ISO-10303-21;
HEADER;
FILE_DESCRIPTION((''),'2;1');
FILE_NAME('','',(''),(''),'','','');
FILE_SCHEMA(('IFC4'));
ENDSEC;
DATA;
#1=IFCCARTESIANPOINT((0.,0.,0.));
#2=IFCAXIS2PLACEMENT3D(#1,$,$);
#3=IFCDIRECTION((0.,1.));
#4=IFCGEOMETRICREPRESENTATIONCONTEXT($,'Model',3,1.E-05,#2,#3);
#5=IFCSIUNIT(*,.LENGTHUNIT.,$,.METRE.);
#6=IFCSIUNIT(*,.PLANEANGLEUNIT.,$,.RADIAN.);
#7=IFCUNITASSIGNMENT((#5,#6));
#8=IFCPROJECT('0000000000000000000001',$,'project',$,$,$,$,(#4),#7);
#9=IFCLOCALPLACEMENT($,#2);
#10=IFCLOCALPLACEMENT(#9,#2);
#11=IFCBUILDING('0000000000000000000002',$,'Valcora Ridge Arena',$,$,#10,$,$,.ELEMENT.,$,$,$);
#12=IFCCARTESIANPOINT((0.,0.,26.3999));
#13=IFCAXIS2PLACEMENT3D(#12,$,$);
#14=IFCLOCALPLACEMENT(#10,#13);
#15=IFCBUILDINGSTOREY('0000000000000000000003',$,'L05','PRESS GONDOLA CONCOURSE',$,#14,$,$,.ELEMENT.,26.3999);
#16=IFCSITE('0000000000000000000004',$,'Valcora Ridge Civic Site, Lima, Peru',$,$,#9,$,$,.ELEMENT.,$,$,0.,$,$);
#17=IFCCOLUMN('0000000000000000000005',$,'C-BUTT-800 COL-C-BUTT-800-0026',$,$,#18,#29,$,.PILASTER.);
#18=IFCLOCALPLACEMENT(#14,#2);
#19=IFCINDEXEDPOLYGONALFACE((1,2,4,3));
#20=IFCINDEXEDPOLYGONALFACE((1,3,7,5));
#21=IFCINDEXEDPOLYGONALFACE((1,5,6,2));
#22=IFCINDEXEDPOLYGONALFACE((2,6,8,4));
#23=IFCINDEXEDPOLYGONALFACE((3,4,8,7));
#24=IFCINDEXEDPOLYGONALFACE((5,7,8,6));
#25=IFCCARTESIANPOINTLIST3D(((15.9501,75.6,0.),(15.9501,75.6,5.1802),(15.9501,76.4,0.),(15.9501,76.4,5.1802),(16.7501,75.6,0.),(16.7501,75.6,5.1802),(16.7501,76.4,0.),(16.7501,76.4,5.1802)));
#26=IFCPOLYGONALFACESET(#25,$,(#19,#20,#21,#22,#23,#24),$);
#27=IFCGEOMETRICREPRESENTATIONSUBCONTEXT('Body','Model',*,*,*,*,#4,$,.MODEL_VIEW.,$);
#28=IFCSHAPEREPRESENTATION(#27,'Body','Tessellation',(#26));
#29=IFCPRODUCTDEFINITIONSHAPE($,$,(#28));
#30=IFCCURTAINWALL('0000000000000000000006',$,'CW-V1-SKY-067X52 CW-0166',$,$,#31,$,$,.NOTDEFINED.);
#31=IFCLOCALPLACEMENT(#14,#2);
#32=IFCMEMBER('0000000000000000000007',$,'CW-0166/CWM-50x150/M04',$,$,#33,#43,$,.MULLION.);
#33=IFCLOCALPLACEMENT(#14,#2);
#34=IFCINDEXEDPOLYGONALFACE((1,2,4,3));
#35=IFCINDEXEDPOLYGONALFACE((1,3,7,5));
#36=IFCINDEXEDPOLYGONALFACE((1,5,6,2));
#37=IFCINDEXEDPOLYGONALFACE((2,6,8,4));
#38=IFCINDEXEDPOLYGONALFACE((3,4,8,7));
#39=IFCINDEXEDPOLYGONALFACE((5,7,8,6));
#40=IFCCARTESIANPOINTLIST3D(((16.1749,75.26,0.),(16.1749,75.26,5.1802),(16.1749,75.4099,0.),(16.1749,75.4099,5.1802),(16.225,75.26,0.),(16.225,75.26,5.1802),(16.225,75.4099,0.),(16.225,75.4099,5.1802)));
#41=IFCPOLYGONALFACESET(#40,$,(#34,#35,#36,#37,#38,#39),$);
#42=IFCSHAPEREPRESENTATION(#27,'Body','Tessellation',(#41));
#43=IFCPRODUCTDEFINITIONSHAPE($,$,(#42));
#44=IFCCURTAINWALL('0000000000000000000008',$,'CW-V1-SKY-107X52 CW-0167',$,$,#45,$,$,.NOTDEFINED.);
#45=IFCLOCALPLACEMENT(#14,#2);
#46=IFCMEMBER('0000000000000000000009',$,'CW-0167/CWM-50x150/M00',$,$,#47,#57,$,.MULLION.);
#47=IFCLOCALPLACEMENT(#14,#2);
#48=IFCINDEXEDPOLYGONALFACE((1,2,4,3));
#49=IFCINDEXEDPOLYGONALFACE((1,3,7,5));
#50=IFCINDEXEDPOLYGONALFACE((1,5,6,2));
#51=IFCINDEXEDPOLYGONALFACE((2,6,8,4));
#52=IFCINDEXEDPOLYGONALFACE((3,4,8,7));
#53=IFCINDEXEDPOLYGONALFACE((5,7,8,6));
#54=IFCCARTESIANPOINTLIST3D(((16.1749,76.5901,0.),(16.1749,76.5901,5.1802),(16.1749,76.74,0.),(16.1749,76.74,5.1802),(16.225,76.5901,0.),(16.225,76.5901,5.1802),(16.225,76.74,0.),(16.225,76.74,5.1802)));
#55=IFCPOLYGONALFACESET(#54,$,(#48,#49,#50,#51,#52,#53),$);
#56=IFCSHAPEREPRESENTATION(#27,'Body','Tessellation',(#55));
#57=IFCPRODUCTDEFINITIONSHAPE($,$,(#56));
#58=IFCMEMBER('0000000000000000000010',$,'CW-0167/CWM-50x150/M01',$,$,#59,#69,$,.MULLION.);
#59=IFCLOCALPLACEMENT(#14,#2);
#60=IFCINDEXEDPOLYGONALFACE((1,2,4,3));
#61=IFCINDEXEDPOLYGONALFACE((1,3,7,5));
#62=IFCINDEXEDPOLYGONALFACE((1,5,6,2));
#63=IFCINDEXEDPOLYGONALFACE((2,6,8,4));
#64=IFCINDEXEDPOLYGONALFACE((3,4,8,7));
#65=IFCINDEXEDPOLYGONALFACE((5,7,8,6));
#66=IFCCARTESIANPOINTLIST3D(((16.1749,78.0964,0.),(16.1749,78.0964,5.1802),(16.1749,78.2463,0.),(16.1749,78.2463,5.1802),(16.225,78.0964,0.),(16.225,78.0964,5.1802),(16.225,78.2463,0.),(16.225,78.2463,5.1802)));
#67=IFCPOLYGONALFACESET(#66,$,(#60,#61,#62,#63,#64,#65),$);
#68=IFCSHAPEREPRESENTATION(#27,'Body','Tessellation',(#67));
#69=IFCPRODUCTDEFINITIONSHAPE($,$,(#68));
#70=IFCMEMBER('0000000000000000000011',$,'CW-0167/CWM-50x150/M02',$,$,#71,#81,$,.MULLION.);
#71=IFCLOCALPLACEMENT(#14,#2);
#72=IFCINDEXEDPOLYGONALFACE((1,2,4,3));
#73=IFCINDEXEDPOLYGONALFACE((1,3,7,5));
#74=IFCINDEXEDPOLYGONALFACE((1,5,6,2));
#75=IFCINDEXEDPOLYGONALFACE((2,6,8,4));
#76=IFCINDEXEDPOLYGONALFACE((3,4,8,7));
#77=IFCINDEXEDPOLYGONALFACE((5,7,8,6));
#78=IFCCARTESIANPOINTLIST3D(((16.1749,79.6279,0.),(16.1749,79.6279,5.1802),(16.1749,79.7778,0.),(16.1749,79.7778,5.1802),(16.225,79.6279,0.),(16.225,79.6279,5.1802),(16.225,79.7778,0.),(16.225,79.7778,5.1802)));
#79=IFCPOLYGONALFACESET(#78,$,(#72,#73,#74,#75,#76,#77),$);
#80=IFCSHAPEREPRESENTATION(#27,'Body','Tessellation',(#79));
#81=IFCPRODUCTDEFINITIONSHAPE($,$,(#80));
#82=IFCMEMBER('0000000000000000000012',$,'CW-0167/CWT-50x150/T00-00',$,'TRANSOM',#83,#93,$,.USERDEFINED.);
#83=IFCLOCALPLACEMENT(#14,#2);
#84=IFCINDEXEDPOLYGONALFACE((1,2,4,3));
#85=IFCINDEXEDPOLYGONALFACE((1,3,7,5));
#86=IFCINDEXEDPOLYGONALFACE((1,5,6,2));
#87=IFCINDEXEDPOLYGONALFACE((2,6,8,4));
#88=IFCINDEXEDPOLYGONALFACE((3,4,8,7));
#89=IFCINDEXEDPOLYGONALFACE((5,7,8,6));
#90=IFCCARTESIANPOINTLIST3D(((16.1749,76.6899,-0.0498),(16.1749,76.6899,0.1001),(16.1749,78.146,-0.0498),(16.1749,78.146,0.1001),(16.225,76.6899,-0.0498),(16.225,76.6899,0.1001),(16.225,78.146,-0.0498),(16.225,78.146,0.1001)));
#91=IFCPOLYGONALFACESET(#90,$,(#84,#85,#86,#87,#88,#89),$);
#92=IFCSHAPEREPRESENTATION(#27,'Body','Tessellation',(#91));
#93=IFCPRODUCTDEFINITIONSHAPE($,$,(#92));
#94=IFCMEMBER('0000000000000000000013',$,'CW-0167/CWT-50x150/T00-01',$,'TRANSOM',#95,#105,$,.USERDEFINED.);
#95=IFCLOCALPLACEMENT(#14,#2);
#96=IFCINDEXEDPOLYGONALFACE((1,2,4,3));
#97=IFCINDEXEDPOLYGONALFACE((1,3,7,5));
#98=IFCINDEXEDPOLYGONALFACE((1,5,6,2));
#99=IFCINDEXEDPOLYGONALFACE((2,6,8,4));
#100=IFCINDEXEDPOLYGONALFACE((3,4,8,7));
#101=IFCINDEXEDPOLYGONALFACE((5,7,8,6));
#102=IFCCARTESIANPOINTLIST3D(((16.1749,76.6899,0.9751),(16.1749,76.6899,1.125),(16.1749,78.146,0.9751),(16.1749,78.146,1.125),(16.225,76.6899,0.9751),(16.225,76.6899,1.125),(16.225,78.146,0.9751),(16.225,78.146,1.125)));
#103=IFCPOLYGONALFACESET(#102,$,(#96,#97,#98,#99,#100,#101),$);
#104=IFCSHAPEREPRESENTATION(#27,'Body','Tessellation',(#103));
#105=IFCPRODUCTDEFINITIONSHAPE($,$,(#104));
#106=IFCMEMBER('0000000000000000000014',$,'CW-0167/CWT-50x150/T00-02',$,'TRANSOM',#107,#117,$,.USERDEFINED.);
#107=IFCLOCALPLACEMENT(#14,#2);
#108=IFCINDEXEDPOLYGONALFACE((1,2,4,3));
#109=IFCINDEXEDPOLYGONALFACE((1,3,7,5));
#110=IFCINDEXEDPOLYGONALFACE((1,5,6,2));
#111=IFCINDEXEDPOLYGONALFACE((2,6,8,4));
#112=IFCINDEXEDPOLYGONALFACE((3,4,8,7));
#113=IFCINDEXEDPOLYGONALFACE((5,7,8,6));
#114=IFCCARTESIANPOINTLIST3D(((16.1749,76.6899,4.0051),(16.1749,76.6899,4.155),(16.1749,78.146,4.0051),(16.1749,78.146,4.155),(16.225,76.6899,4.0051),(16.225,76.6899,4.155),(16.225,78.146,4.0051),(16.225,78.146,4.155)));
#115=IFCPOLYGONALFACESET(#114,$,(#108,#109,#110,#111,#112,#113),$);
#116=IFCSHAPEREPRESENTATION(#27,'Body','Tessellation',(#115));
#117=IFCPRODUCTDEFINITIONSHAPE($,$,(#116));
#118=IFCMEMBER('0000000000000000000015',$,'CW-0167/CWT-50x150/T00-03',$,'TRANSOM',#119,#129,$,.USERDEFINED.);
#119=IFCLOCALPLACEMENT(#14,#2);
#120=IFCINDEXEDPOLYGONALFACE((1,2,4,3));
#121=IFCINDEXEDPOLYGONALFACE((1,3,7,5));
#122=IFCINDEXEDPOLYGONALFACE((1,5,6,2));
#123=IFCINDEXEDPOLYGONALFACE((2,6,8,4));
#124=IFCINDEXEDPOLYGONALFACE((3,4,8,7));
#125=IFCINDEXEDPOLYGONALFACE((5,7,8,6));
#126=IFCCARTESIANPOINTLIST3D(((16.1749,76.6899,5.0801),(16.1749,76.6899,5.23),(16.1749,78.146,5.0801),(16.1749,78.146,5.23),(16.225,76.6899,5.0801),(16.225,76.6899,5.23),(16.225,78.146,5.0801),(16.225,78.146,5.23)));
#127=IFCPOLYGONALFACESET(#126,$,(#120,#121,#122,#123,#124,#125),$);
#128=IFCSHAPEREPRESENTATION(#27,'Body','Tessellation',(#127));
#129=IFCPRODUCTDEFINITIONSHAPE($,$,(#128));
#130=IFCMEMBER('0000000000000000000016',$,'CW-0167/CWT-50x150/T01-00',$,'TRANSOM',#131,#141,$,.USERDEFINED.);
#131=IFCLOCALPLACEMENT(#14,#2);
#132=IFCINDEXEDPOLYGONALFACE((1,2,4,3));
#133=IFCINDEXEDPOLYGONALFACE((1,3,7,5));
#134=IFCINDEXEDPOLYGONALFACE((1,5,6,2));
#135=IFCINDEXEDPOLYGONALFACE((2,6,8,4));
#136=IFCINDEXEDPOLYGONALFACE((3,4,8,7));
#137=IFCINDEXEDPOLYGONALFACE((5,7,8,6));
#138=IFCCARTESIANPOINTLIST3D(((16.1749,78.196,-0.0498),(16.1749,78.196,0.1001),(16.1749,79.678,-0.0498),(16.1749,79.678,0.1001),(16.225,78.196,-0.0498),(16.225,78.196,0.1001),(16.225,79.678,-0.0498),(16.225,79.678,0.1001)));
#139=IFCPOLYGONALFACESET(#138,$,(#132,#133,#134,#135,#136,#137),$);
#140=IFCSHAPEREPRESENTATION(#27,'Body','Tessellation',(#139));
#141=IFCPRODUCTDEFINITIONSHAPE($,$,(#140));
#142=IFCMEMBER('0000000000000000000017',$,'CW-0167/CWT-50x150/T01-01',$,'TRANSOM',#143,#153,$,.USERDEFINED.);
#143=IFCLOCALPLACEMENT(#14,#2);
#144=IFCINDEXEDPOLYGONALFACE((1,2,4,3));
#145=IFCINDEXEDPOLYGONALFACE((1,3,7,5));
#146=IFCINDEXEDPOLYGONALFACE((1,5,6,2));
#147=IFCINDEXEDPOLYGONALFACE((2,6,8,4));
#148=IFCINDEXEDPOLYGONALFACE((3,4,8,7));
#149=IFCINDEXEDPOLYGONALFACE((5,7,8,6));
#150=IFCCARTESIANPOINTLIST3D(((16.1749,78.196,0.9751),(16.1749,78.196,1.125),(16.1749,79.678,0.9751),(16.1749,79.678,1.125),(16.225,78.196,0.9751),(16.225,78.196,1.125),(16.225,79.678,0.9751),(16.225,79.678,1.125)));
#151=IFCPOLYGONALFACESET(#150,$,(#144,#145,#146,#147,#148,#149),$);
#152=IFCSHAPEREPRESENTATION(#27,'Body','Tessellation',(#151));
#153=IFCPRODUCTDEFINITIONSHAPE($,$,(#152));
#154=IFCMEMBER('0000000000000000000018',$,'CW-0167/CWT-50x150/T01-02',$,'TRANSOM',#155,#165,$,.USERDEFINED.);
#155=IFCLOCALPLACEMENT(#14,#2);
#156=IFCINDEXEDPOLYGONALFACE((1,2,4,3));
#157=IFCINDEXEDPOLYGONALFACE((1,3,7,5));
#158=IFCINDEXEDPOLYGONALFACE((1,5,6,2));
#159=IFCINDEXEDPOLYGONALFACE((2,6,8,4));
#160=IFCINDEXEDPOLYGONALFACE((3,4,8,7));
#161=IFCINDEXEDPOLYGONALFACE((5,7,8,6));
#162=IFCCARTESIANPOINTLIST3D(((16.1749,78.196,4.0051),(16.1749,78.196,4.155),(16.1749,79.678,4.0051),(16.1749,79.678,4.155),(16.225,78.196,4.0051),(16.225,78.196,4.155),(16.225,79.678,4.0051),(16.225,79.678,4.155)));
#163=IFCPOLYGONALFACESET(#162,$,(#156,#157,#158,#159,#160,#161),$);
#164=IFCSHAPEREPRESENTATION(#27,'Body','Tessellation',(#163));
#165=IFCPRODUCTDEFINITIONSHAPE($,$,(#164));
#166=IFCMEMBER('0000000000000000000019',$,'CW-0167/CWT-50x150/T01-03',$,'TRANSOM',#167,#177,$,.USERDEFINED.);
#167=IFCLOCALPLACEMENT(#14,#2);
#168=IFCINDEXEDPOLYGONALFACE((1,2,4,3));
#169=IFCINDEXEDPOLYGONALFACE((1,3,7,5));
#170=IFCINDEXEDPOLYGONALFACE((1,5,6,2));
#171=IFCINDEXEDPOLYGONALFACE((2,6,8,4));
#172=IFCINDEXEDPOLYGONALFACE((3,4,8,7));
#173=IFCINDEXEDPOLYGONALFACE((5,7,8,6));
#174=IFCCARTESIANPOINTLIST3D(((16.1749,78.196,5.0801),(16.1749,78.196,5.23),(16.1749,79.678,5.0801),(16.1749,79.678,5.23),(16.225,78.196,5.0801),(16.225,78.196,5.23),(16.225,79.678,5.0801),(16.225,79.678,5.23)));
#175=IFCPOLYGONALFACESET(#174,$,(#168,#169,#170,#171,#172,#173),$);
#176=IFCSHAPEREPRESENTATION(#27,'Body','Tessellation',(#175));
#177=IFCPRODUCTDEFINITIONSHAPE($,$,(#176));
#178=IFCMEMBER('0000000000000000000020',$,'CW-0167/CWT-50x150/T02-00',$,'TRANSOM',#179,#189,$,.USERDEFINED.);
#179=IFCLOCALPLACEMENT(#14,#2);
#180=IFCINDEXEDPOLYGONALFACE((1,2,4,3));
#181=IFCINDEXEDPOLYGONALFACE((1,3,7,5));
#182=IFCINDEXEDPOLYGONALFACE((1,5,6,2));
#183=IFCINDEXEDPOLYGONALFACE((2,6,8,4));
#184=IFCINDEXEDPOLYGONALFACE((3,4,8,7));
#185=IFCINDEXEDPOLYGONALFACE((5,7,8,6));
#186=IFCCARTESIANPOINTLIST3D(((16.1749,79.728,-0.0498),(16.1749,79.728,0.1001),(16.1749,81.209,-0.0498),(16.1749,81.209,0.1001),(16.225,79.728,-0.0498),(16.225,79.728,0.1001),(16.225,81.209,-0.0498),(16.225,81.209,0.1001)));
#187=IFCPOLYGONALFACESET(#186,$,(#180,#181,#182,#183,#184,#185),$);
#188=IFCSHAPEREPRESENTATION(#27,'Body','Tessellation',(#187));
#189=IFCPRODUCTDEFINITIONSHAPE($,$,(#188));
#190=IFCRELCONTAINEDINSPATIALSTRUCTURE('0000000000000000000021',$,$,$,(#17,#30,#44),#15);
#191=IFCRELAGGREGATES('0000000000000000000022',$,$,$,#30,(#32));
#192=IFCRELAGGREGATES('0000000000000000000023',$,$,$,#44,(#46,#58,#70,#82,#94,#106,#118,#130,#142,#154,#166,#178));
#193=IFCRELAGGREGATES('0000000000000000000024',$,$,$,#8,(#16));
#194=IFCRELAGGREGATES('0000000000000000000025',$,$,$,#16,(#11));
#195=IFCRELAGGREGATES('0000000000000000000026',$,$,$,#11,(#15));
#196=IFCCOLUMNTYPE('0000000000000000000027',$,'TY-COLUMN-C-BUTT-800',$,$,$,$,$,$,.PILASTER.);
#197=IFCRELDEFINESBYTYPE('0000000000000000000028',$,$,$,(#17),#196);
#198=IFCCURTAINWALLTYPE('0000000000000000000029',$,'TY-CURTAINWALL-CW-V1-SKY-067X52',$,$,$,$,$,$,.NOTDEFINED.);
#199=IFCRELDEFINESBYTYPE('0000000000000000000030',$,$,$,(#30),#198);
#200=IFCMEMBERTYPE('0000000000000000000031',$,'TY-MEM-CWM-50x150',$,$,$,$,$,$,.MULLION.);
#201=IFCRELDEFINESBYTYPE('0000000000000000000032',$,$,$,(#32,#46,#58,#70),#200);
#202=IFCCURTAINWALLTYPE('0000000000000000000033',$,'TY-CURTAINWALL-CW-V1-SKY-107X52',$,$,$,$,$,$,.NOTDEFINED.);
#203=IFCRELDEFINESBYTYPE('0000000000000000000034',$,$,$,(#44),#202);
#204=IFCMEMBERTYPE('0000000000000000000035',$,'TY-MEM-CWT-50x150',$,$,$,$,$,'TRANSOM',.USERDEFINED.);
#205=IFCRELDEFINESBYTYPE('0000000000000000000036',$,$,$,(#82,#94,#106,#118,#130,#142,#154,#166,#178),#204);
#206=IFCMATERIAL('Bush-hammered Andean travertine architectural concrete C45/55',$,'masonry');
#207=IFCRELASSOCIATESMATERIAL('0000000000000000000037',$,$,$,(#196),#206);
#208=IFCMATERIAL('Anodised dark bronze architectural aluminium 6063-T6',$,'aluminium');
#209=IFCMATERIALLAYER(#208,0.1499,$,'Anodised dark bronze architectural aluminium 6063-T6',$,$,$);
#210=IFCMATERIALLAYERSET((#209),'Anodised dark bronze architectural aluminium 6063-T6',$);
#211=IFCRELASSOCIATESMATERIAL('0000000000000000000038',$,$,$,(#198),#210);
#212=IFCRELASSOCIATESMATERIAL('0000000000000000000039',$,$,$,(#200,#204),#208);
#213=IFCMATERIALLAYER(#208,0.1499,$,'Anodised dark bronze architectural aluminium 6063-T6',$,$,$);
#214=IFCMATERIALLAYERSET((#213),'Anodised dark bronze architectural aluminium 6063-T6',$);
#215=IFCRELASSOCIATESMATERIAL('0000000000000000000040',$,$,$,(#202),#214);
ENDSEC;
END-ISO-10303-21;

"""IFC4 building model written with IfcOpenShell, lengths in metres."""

from ifc_helpers import new_model, si_unit, direction, frame, origin, origin_2d, place, context, subcontext, project, spatial, rectangle, extrude, material, layer, layer_set, material_profile, profile_set, type_object, element, aggregate, save


model = new_model("IFC4")

# Units and contexts
model_context = context("Model", 3, precision=1e-05, world=origin(), true_north=direction((0.0, 1.0)))
body_context = subcontext(model_context, "Body", "Model", "MODEL_VIEW")
ifc_project = project(units=[si_unit("LENGTHUNIT", "METRE"), si_unit("PLANEANGLEUNIT", "RADIAN")], contexts=[model_context])

# Site, building, storey
site_placement = place(None, origin())
site = spatial("IfcSite", under=ifc_project, at=site_placement, Name="Valcora Ridge Civic Site, Lima, Peru", CompositionType="ELEMENT", RefElevation=0.0)
building_placement = place(site_placement, origin())
building = spatial("IfcBuilding", under=site, at=building_placement, Name="Valcora Ridge Arena", CompositionType="ELEMENT")
storey_placement = place(building_placement, frame((0.0, 0.0, 26.3999)))
storey = spatial("IfcBuildingStorey", under=building, at=storey_placement, Name="L05", Description="PRESS GONDOLA CONCOURSE", CompositionType="ELEMENT", Elevation=26.3999)

# Column
ifc_material_1 = material(Name="Bush-hammered Andean travertine architectural concrete C45/55", Category="masonry")
ifc_material_profile_1 = material_profile(ifc_material_1, rectangle(XDim=0.8, YDim=0.8, at=origin_2d()), Name="RC 800x800")
ifc_profile_set_1 = profile_set([ifc_material_profile_1], Name="Bush-hammered Andean travertine architectural concrete C45/55")
column_type = type_object("IfcColumnType", Name="TY-COLUMN-C-BUTT-800", PredefinedType="PILASTER", material=ifc_profile_set_1)
column_placement = place(storey_placement, frame((16.3501, 76.0, 0.0), z_axis=(0.0, 0.0, 1.0), x_axis=(1.0, 0.0, 0.0)))
element("IfcColumn", 1, at=column_placement, inside=storey, type_object=column_type, Name="C-BUTT-800 COL-C-BUTT-800-0026", PredefinedType="PILASTER", context=body_context, shape_type="SweptSolid", body=[
    extrude(rectangle(XDim=0.8, YDim=0.8, at=origin_2d()), origin(), (0.0, 0.0, 1.0), 5.1802),
])

# Curtain wall, member
ifc_material_2 = material(Name="Anodised dark bronze architectural aluminium 6063-T6", Category="aluminium")
ifc_layer_1 = layer(ifc_material_2, 0.1499, Name="Anodised dark bronze architectural aluminium 6063-T6")
ifc_layer_set_1 = layer_set([ifc_layer_1], Name="Anodised dark bronze architectural aluminium 6063-T6")
curtain_wall_type_1 = type_object("IfcCurtainWallType", Name="TY-CURTAINWALL-CW-V1-SKY-067X52", PredefinedType="NOTDEFINED", material=ifc_layer_set_1)
curtain_wall_1_placement = place(storey_placement, origin())
curtain_wall_1 = element("IfcCurtainWall", 2, at=curtain_wall_1_placement, inside=storey, type_object=curtain_wall_type_1, Name="CW-V1-SKY-067X52 CW-0166", PredefinedType="NOTDEFINED")
ifc_material_profile_2 = material_profile(ifc_material_2, rectangle(XDim=0.05, YDim=0.1499, at=origin_2d()), Name="ALU MULLION 50x150")
ifc_profile_set_2 = profile_set([ifc_material_profile_2], Name="Anodised dark bronze architectural aluminium 6063-T6")
member_type_1 = type_object("IfcMemberType", Name="TY-MEM-CWM-50x150", PredefinedType="MULLION", material=ifc_profile_set_2)
member_1_placement = place(storey_placement, frame((16.2, 75.335, 0.0), z_axis=(0.0, 0.0, 1.0), x_axis=(-1.0, 0.0, 0.0)))
member_1 = element("IfcMember", 3, at=member_1_placement, type_object=member_type_1, Name="CW-0166/CWM-50x150/M04", PredefinedType="MULLION", context=body_context, shape_type="SweptSolid", body=[
    extrude(rectangle(XDim=0.05, YDim=0.1499, at=origin_2d()), origin(), (0.0, 0.0, 1.0), 5.1802),
])
aggregate(curtain_wall_1, [member_1])

# Curtain wall, members
ifc_layer_2 = layer(ifc_material_2, 0.1499, Name="Anodised dark bronze architectural aluminium 6063-T6")
ifc_layer_set_2 = layer_set([ifc_layer_2], Name="Anodised dark bronze architectural aluminium 6063-T6")
curtain_wall_type_2 = type_object("IfcCurtainWallType", Name="TY-CURTAINWALL-CW-V1-SKY-107X52", PredefinedType="NOTDEFINED", material=ifc_layer_set_2)
curtain_wall_2_placement = place(storey_placement, origin())
curtain_wall_2 = element("IfcCurtainWall", 4, at=curtain_wall_2_placement, inside=storey, type_object=curtain_wall_type_2, Name="CW-V1-SKY-107X52 CW-0167", PredefinedType="NOTDEFINED")
member_2_placement = place(storey_placement, frame((16.2, 76.665, 0.0), z_axis=(0.0, 0.0, 1.0), x_axis=(-1.0, 0.0, 0.0)))
member_2 = element("IfcMember", 5, at=member_2_placement, type_object=member_type_1, Name="CW-0167/CWM-50x150/M00", PredefinedType="MULLION", context=body_context, shape_type="SweptSolid", body=[
    extrude(rectangle(XDim=0.05, YDim=0.1499, at=origin_2d()), origin(), (0.0, 0.0, 1.0), 5.1802),
])
member_3_placement = place(storey_placement, frame((16.2, 78.1714, 0.0), z_axis=(0.0, 0.0, 1.0), x_axis=(-1.0, 0.0, 0.0)))
member_3 = element("IfcMember", 6, at=member_3_placement, type_object=member_type_1, Name="CW-0167/CWM-50x150/M01", PredefinedType="MULLION", context=body_context, shape_type="SweptSolid", body=[
    extrude(rectangle(XDim=0.05, YDim=0.1499, at=origin_2d()), origin(), (0.0, 0.0, 1.0), 5.1802),
])
member_4_placement = place(storey_placement, frame((16.2, 79.7029, 0.0), z_axis=(0.0, 0.0, 1.0), x_axis=(-1.0, 0.0, 0.0)))
member_4 = element("IfcMember", 7, at=member_4_placement, type_object=member_type_1, Name="CW-0167/CWM-50x150/M02", PredefinedType="MULLION", context=body_context, shape_type="SweptSolid", body=[
    extrude(rectangle(XDim=0.05, YDim=0.1499, at=origin_2d()), origin(), (0.0, 0.0, 1.0), 5.1802),
])
ifc_material_profile_3 = material_profile(ifc_material_2, rectangle(XDim=0.05, YDim=0.1499, at=origin_2d()), Name="ALU TRANSOM 50x150")
ifc_profile_set_3 = profile_set([ifc_material_profile_3], Name="Anodised dark bronze architectural aluminium 6063-T6")
member_type_2 = type_object("IfcMemberType", Name="TY-MEM-CWT-50x150", ElementType="TRANSOM", PredefinedType="USERDEFINED", material=ifc_profile_set_3)
member_5_placement = place(storey_placement, frame((16.2, 76.6899, 0.0251), z_axis=(0.0, 1.0, 0.0), x_axis=(-1.0, 0.0, 0.0)))
member_5 = element("IfcMember", 8, at=member_5_placement, type_object=member_type_2, Name="CW-0167/CWT-50x150/T00-00", ObjectType="TRANSOM", PredefinedType="USERDEFINED", context=body_context, shape_type="SweptSolid", body=[
    extrude(rectangle(XDim=0.05, YDim=0.1499, at=origin_2d()), origin(), (0.0, 0.0, 1.0), 1.4561),
])
member_6_placement = place(storey_placement, frame((16.2, 76.6899, 1.05), z_axis=(0.0, 1.0, 0.0), x_axis=(-1.0, 0.0, 0.0)))
member_6 = element("IfcMember", 9, at=member_6_placement, type_object=member_type_2, Name="CW-0167/CWT-50x150/T00-01", ObjectType="TRANSOM", PredefinedType="USERDEFINED", context=body_context, shape_type="SweptSolid", body=[
    extrude(rectangle(XDim=0.05, YDim=0.1499, at=origin_2d()), origin(), (0.0, 0.0, 1.0), 1.4561),
])
member_7_placement = place(storey_placement, frame((16.2, 76.6899, 4.0801), z_axis=(0.0, 1.0, 0.0), x_axis=(-1.0, 0.0, 0.0)))
member_7 = element("IfcMember", 10, at=member_7_placement, type_object=member_type_2, Name="CW-0167/CWT-50x150/T00-02", ObjectType="TRANSOM", PredefinedType="USERDEFINED", context=body_context, shape_type="SweptSolid", body=[
    extrude(rectangle(XDim=0.05, YDim=0.1499, at=origin_2d()), origin(), (0.0, 0.0, 1.0), 1.4561),
])
member_8_placement = place(storey_placement, frame((16.2, 76.6899, 5.155), z_axis=(0.0, 1.0, 0.0), x_axis=(-1.0, 0.0, 0.0)))
member_8 = element("IfcMember", 11, at=member_8_placement, type_object=member_type_2, Name="CW-0167/CWT-50x150/T00-03", ObjectType="TRANSOM", PredefinedType="USERDEFINED", context=body_context, shape_type="SweptSolid", body=[
    extrude(rectangle(XDim=0.05, YDim=0.1499, at=origin_2d()), origin(), (0.0, 0.0, 1.0), 1.4561),
])
member_9_placement = place(storey_placement, frame((16.2, 78.196, 0.0251), z_axis=(0.0, 1.0, 0.0), x_axis=(-1.0, 0.0, 0.0)))
member_9 = element("IfcMember", 12, at=member_9_placement, type_object=member_type_2, Name="CW-0167/CWT-50x150/T01-00", ObjectType="TRANSOM", PredefinedType="USERDEFINED", context=body_context, shape_type="SweptSolid", body=[
    extrude(rectangle(XDim=0.05, YDim=0.1499, at=origin_2d()), origin(), (0.0, 0.0, 1.0), 1.4819),
])
member_10_placement = place(storey_placement, frame((16.2, 78.196, 1.05), z_axis=(0.0, 1.0, 0.0), x_axis=(-1.0, 0.0, 0.0)))
member_10 = element("IfcMember", 13, at=member_10_placement, type_object=member_type_2, Name="CW-0167/CWT-50x150/T01-01", ObjectType="TRANSOM", PredefinedType="USERDEFINED", context=body_context, shape_type="SweptSolid", body=[
    extrude(rectangle(XDim=0.05, YDim=0.1499, at=origin_2d()), origin(), (0.0, 0.0, 1.0), 1.4819),
])
member_11_placement = place(storey_placement, frame((16.2, 78.196, 4.0801), z_axis=(0.0, 1.0, 0.0), x_axis=(-1.0, 0.0, 0.0)))
member_11 = element("IfcMember", 14, at=member_11_placement, type_object=member_type_2, Name="CW-0167/CWT-50x150/T01-02", ObjectType="TRANSOM", PredefinedType="USERDEFINED", context=body_context, shape_type="SweptSolid", body=[
    extrude(rectangle(XDim=0.05, YDim=0.1499, at=origin_2d()), origin(), (0.0, 0.0, 1.0), 1.4819),
])
member_12_placement = place(storey_placement, frame((16.2, 78.196, 5.155), z_axis=(0.0, 1.0, 0.0), x_axis=(-1.0, 0.0, 0.0)))
member_12 = element("IfcMember", 15, at=member_12_placement, type_object=member_type_2, Name="CW-0167/CWT-50x150/T01-03", ObjectType="TRANSOM", PredefinedType="USERDEFINED", context=body_context, shape_type="SweptSolid", body=[
    extrude(rectangle(XDim=0.05, YDim=0.1499, at=origin_2d()), origin(), (0.0, 0.0, 1.0), 1.4819),
])
member_13_placement = place(storey_placement, frame((16.2, 79.728, 0.0251), z_axis=(0.0, 1.0, 0.0), x_axis=(-1.0, 0.0, 0.0)))
member_13 = element("IfcMember", 16, at=member_13_placement, type_object=member_type_2, Name="CW-0167/CWT-50x150/T02-00", ObjectType="TRANSOM", PredefinedType="USERDEFINED", context=body_context, shape_type="SweptSolid", body=[
    extrude(rectangle(XDim=0.05, YDim=0.1499, at=origin_2d()), origin(), (0.0, 0.0, 1.0), 1.481),
])
aggregate(curtain_wall_2, [member_2, member_3, member_4, member_5, member_6, member_7, member_8, member_9, member_10, member_11, member_12, member_13])

save(model, "model.ifc")
